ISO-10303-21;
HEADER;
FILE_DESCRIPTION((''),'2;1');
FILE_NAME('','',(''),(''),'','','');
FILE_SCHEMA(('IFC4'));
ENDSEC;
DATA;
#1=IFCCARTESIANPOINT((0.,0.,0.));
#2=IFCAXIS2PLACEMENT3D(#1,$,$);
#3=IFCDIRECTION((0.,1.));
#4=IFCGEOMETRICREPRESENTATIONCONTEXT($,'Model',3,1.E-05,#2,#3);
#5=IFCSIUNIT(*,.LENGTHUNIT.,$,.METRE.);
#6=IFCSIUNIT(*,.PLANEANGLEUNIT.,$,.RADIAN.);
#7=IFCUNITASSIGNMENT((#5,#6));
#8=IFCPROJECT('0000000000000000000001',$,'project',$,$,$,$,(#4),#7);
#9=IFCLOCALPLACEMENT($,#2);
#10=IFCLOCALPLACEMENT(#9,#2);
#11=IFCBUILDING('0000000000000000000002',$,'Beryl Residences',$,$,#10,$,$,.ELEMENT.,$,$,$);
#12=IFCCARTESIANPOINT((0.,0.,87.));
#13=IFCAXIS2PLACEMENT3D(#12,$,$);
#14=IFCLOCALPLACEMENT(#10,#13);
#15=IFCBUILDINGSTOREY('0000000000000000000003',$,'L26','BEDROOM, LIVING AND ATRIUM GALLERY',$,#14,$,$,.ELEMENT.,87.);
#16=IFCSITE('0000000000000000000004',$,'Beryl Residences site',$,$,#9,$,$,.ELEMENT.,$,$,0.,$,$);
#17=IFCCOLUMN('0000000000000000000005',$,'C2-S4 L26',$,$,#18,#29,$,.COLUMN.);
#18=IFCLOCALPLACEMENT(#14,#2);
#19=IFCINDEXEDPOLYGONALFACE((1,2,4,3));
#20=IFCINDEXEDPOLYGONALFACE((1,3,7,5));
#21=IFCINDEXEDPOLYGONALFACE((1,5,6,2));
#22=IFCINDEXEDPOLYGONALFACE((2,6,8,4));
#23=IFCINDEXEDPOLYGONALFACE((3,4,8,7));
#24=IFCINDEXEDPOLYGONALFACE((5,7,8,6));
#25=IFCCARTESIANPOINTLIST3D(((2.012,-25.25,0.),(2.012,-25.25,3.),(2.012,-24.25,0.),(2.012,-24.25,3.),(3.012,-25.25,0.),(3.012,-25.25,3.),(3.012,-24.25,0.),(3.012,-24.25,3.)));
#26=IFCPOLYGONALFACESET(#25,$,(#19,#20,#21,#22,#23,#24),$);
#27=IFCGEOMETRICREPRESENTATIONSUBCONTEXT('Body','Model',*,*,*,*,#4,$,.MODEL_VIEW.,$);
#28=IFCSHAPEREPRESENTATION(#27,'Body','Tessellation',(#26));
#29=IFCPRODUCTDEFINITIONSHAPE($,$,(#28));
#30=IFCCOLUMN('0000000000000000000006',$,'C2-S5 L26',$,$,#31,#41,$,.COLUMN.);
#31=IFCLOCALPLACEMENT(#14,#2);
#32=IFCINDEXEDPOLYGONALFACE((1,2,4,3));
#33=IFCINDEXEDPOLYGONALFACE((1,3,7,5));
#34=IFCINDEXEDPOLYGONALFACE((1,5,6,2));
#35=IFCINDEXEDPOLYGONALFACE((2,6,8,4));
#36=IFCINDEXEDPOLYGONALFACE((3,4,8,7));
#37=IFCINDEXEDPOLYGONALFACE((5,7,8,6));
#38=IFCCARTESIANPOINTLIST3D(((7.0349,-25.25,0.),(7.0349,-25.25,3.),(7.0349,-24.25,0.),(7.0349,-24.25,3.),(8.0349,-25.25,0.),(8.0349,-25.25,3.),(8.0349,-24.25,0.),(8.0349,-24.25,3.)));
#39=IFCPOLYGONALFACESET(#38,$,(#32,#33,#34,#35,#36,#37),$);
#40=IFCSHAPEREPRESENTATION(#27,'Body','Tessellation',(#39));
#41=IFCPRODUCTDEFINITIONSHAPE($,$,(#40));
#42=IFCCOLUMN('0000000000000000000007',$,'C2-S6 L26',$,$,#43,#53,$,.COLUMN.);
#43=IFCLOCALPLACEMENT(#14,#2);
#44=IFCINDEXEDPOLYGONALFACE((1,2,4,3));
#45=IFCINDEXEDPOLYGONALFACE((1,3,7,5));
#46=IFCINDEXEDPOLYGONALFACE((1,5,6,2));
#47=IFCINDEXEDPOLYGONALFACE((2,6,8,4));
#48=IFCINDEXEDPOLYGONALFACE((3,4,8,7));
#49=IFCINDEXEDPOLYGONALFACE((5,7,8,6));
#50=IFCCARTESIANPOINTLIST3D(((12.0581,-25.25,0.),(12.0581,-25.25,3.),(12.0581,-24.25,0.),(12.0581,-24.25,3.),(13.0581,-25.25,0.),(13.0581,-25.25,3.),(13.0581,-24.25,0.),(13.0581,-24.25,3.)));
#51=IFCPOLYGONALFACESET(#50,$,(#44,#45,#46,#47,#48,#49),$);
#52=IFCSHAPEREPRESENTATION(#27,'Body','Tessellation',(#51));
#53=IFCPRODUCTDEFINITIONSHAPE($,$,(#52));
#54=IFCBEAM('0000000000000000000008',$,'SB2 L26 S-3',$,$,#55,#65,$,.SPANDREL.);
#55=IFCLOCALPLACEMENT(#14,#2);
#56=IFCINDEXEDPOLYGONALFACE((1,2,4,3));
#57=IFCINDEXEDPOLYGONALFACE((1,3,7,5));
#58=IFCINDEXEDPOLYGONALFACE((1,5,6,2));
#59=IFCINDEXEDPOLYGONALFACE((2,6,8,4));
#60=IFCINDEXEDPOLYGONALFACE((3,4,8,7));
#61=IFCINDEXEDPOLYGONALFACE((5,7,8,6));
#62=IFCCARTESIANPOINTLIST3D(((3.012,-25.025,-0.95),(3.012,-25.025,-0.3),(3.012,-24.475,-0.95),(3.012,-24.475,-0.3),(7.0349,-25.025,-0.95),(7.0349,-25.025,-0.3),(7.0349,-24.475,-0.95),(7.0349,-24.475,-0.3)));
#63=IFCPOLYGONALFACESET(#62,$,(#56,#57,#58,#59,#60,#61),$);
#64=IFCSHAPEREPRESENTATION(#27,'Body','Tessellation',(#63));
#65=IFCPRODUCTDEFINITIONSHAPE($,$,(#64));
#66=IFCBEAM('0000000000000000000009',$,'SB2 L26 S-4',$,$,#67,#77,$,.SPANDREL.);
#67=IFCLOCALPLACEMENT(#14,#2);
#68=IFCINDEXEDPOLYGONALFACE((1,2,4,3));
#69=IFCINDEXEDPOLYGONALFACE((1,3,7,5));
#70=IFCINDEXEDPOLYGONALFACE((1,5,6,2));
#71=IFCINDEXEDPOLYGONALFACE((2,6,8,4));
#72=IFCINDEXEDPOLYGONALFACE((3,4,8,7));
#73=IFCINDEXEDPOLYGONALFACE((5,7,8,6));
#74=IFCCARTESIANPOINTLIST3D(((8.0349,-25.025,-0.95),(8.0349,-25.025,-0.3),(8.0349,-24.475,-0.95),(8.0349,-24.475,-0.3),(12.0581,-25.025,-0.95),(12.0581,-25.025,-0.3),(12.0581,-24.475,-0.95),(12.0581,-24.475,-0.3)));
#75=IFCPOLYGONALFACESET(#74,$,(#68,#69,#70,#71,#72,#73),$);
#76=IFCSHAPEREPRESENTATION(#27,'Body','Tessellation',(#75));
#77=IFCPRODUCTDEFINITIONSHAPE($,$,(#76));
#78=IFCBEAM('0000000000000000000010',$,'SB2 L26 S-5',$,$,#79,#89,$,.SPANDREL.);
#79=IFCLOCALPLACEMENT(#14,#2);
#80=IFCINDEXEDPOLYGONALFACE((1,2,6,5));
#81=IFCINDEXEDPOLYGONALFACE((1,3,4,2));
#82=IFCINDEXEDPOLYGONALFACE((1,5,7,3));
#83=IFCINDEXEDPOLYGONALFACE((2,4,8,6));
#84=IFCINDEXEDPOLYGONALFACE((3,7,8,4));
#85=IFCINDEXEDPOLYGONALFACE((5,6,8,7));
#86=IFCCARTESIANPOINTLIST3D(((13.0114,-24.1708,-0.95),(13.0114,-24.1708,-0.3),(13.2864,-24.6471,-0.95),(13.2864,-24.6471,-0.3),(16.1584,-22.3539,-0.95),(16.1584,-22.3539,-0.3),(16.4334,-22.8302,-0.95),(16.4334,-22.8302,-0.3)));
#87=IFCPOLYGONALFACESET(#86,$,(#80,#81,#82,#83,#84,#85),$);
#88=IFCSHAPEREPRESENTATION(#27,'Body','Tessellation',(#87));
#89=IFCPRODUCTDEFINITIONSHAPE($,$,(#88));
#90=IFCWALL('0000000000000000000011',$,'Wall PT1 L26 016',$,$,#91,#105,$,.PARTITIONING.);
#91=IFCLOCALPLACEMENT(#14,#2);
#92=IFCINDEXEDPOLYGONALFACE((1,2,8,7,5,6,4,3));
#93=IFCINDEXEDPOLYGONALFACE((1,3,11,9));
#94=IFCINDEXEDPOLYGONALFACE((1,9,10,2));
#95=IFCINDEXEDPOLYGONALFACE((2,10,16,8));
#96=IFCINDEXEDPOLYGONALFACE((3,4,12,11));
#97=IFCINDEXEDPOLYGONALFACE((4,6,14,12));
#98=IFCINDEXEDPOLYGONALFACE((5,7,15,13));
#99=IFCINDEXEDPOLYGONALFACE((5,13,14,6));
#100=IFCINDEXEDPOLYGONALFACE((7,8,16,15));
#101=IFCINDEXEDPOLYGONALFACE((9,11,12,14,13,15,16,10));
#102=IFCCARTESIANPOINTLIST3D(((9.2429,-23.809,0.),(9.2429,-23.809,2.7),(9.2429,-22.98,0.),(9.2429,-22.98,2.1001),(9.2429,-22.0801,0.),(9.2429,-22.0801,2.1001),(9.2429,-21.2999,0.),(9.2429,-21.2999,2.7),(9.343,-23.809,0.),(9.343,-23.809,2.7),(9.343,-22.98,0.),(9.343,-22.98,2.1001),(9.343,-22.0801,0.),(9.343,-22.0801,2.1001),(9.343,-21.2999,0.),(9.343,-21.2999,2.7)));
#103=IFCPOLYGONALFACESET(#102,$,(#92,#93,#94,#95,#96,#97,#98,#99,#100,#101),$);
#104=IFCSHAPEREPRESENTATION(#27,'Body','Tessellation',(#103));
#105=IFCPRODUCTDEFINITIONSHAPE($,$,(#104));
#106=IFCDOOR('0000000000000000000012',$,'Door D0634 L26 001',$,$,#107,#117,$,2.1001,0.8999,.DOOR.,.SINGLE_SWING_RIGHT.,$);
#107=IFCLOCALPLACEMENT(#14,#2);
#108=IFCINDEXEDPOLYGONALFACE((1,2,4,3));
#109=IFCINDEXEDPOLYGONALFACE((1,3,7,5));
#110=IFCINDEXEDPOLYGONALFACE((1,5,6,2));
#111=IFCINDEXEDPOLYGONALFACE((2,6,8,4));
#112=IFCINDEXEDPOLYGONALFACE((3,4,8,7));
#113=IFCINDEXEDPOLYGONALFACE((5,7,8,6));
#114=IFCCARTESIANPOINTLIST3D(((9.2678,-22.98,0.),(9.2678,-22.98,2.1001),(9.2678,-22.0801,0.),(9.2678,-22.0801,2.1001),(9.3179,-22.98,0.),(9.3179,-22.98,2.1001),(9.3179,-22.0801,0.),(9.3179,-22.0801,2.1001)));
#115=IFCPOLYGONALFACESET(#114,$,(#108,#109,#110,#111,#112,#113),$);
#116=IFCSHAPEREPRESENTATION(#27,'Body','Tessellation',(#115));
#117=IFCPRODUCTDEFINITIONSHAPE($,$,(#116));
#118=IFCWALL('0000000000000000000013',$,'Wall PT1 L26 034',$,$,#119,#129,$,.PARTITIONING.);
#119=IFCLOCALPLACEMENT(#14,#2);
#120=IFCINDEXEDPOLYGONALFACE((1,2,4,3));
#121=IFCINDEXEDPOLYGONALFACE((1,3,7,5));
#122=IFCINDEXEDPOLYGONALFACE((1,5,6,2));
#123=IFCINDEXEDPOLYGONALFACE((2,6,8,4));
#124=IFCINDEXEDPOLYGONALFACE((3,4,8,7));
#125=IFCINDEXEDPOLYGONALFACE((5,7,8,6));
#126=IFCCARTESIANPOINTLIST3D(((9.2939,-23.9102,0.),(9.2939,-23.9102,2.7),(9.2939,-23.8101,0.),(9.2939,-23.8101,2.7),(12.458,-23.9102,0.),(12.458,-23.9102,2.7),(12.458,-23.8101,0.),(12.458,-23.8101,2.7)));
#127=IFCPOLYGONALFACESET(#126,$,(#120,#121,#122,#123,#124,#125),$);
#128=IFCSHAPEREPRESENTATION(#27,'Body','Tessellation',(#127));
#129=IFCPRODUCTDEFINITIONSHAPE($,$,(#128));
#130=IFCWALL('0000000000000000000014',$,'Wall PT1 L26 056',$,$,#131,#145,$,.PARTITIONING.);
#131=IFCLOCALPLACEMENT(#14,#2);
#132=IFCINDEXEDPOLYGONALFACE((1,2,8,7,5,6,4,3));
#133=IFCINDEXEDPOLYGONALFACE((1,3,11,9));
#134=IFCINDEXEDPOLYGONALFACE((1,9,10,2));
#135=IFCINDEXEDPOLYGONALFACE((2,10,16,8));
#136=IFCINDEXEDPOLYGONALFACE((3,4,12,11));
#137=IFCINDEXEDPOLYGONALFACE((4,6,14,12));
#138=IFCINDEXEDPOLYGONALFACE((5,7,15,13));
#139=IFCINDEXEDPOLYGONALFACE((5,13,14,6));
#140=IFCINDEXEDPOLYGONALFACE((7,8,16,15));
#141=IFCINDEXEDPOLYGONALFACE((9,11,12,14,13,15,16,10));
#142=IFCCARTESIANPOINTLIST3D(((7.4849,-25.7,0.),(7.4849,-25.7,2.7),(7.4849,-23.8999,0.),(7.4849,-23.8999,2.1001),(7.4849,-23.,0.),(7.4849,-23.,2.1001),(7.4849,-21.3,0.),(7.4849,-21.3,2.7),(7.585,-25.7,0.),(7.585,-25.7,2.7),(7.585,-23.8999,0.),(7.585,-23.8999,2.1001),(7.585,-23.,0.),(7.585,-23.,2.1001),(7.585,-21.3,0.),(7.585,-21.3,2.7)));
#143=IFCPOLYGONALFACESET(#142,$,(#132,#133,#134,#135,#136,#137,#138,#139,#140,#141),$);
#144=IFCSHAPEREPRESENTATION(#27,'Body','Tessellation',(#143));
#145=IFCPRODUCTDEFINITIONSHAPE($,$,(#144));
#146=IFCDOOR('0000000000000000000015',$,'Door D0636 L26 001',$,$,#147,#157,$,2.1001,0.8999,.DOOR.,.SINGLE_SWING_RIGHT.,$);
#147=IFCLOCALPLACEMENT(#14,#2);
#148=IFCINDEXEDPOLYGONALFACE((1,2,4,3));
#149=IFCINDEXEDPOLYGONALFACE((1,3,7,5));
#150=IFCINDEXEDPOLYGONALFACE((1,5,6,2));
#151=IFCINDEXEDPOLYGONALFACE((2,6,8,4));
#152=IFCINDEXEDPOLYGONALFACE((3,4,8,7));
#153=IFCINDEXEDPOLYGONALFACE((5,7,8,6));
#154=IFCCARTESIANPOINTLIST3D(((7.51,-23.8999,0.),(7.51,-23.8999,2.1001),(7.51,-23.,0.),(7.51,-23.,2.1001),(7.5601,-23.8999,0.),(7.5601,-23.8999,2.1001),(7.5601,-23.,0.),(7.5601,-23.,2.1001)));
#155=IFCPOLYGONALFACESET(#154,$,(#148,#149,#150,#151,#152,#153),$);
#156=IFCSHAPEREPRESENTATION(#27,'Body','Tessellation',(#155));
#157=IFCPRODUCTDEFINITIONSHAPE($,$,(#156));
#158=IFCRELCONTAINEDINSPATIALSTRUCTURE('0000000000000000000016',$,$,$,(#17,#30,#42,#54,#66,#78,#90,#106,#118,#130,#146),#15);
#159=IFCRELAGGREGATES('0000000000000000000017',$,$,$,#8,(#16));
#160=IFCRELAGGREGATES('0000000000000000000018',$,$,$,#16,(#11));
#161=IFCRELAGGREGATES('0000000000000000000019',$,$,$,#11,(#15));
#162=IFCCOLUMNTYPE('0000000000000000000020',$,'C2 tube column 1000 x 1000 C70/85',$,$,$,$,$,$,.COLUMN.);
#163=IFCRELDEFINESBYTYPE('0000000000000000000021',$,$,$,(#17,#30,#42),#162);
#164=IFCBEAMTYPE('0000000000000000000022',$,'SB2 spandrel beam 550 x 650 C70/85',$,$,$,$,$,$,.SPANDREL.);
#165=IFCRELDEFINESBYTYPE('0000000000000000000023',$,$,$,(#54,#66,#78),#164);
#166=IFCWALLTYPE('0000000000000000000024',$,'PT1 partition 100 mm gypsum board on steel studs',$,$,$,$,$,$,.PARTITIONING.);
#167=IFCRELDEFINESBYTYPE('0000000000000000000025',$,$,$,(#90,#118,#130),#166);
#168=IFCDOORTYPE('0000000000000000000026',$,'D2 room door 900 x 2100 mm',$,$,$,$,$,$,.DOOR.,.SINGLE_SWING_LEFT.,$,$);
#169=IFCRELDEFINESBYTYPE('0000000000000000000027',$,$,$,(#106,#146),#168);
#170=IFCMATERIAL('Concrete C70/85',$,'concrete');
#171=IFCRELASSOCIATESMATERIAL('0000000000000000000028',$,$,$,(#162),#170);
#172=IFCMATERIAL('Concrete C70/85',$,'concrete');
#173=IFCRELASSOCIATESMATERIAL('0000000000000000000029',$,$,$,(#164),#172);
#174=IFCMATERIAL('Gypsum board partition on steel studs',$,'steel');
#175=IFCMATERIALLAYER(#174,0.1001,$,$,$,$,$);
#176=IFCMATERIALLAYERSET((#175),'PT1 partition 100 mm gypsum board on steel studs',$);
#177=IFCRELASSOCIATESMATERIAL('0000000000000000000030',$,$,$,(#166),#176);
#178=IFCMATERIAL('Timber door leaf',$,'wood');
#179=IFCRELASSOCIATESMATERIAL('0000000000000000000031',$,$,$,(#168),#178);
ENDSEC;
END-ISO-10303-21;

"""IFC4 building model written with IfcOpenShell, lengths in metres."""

from ifc_helpers import new_model, si_unit, direction, frame, frame_2d, origin, origin_2d, place, context, subcontext, project, spatial, rectangle, extrude, material, layer, layer_set, material_profile, profile_set, type_object, element, fill, save


model = new_model("IFC4")

# Units and contexts
model_context = context("Model", 3, precision=1e-05, world=origin(), true_north=direction((0.0, 1.0)))
body_context = subcontext(model_context, "Body", "Model", "MODEL_VIEW")
ifc_project = project(units=[si_unit("LENGTHUNIT", "METRE"), si_unit("PLANEANGLEUNIT", "RADIAN")], contexts=[model_context])

# Site, building, storey
site_placement = place(None, origin())
site = spatial("IfcSite", under=ifc_project, at=site_placement, Name="Beryl Residences site", CompositionType="ELEMENT", RefElevation=0.0)
building_placement = place(site_placement, origin())
building = spatial("IfcBuilding", under=site, at=building_placement, Name="Beryl Residences", CompositionType="ELEMENT")
storey_placement = place(building_placement, frame((0.0, 0.0, 87.0)))
storey = spatial("IfcBuildingStorey", under=building, at=storey_placement, Name="L26", Description="BEDROOM, LIVING AND ATRIUM GALLERY", CompositionType="ELEMENT", Elevation=87.0)

# Columns
ifc_material_1 = material(Name="Concrete C70/85", Category="concrete")
ifc_material_profile_1 = material_profile(ifc_material_1, rectangle(XDim=1.0, YDim=1.0, at=origin_2d()))
ifc_profile_set_1 = profile_set([ifc_material_profile_1], Name="Concrete C70/85")
column_type = type_object("IfcColumnType", Name="C2 tube column 1000 x 1000 C70/85", PredefinedType="COLUMN", material=ifc_profile_set_1)
for number, where, z_axis, x_axis, name in (
    (1, (2.512, -24.75, 0.0), (0.0, 0.0, 1.0), (1.0, 0.0, 0.0), "C2-S4 L26"),
    (2, (7.5349, -24.75, 0.0), (0.0, 0.0, 1.0), (1.0, 0.0, 0.0), "C2-S5 L26"),
    (3, (12.5581, -24.75, 0.0), (0.0, 0.0, 1.0), (1.0, 0.0, 0.0), "C2-S6 L26"),
):
    element("IfcColumn", number, at=place(storey_placement, frame(where, z_axis=z_axis, x_axis=x_axis)), inside=storey, type_object=column_type, Name=name, PredefinedType="COLUMN", context=body_context, shape_type="SweptSolid", body=[
        extrude(rectangle(XDim=1.0, YDim=1.0, at=origin_2d()), origin(), (0.0, 0.0, 1.0), 3.0),
    ])

# Beams
ifc_material_2 = material(Name="Concrete C70/85", Category="concrete")
ifc_material_profile_2 = material_profile(ifc_material_2, rectangle(XDim=0.55, YDim=0.6499, at=origin_2d()))
ifc_profile_set_2 = profile_set([ifc_material_profile_2], Name="Concrete C70/85")
beam_type = type_object("IfcBeamType", Name="SB2 spandrel beam 550 x 650 C70/85", PredefinedType="SPANDREL", material=ifc_profile_set_2)
beam_1_placement = place(storey_placement, frame((3.012, -24.75, -0.625), z_axis=(1.0, 0.0, 0.0), x_axis=(0.0, 1.0, 0.0)))
element("IfcBeam", 4, at=beam_1_placement, inside=storey, type_object=beam_type, Name="SB2 L26 S-3", PredefinedType="SPANDREL", context=body_context, shape_type="SweptSolid", body=[
    extrude(rectangle(XDim=0.55, YDim=0.6499, at=origin_2d()), origin(), (0.0, 0.0, 1.0), 4.0229),
])
beam_2_placement = place(storey_placement, frame((8.0349, -24.75, -0.625), z_axis=(1.0, 0.0, 0.0), x_axis=(0.0, 1.0, 0.0)))
element("IfcBeam", 5, at=beam_2_placement, inside=storey, type_object=beam_type, Name="SB2 L26 S-4", PredefinedType="SPANDREL", context=body_context, shape_type="SweptSolid", body=[
    extrude(rectangle(XDim=0.55, YDim=0.6499, at=origin_2d()), origin(), (0.0, 0.0, 1.0), 4.0232),
])
beam_3_placement = place(storey_placement, frame((13.1489, -24.4089, -0.625), z_axis=(0.866027, 0.499998, 0.0), x_axis=(-0.499998, 0.866027, 0.0)))
element("IfcBeam", 6, at=beam_3_placement, inside=storey, type_object=beam_type, Name="SB2 L26 S-5", PredefinedType="SPANDREL", context=body_context, shape_type="SweptSolid", body=[
    extrude(rectangle(XDim=0.55, YDim=0.6499, at=origin_2d()), origin(), (0.0, 0.0, 1.0), 3.6338),
])

# Wall, opening, door
ifc_material_3 = material(Name="Gypsum board partition on steel studs", Category="steel")
ifc_layer_1 = layer(ifc_material_3, 0.1001)
ifc_layer_set_1 = layer_set([ifc_layer_1], Name="PT1 partition 100 mm gypsum board on steel studs")
wall_type_1 = type_object("IfcWallType", Name="PT1 partition 100 mm gypsum board on steel studs", PredefinedType="PARTITIONING", material=ifc_layer_set_1)
wall_1_placement = place(storey_placement, frame((9.293, -21.3, 0.0), z_axis=(0.0, 0.0, 1.0), x_axis=(0.0, -1.0, 0.0)))
wall_1 = element("IfcWall", 7, at=wall_1_placement, inside=storey, type_object=wall_type_1, Name="Wall PT1 L26 016", PredefinedType="PARTITIONING", context=body_context, shape_type="SweptSolid", body=[
    extrude(rectangle(XDim=2.509, YDim=0.1001, at=frame_2d((1.2544, 0.0))), origin(), (0.0, 0.0, 1.0), 2.7),
])
opening_1_placement = place(wall_1_placement, frame((0.78, 0.0, 0.0)))
opening_1 = element("IfcOpeningElement", 8, at=opening_1_placement, cuts=wall_1, PredefinedType="OPENING", context=body_context, shape_type="SweptSolid", body=[
    extrude(rectangle(XDim=0.8999, YDim=2.1001, at=frame_2d((0.45, 1.05))), frame((0.0, 0.0601, 0.0), z_axis=(0.0, -1.0, 0.0), x_axis=(1.0, 0.0, 0.0)), (0.0, 0.0, 1.0), 0.1201),
])
ifc_material_4 = material(Name="Timber door leaf", Category="wood")
door_type_1 = type_object("IfcDoorType", Name="D2 room door 900 x 2100 mm", OperationType="SINGLE_SWING_LEFT", PredefinedType="DOOR", material=ifc_material_4)
door_1_placement = place(opening_1_placement, origin())
door_1 = element("IfcDoor", 9, at=door_1_placement, inside=storey, type_object=door_type_1, Name="Door D0634 L26 001", OperationType="SINGLE_SWING_RIGHT", OverallHeight=2.1001, OverallWidth=0.8999, PredefinedType="DOOR", context=body_context, shape_type="SweptSolid", body=[
    extrude(rectangle(XDim=0.8999, YDim=2.1001, at=frame_2d((0.45, 1.05))), frame((0.0, 0.0249, 0.0), z_axis=(0.0, -1.0, 0.0), x_axis=(1.0, 0.0, 0.0)), (0.0, 0.0, 1.0), 0.05),
])
fill(opening_1, door_1)

# Wall
wall_2_placement = place(storey_placement, frame((9.2939, -23.8601, 0.0), z_axis=(0.0, 0.0, 1.0), x_axis=(1.0, 0.0, 0.0)))
element("IfcWall", 10, at=wall_2_placement, inside=storey, type_object=wall_type_1, Name="Wall PT1 L26 034", PredefinedType="PARTITIONING", context=body_context, shape_type="SweptSolid", body=[
    extrude(rectangle(XDim=3.1641, YDim=0.1001, at=frame_2d((1.582, 0.0))), origin(), (0.0, 0.0, 1.0), 2.7),
])

# Wall, opening, door
wall_3_placement = place(storey_placement, frame((7.5349, -25.7, 0.0), z_axis=(0.0, 0.0, 1.0), x_axis=(0.0, 1.0, 0.0)))
wall_3 = element("IfcWall", 11, at=wall_3_placement, inside=storey, type_object=wall_type_1, Name="Wall PT1 L26 056", PredefinedType="PARTITIONING", context=body_context, shape_type="SweptSolid", body=[
    extrude(rectangle(XDim=4.3999, YDim=0.1001, at=frame_2d((2.2, 0.0))), origin(), (0.0, 0.0, 1.0), 2.7),
])
opening_2_placement = place(wall_3_placement, frame((1.8, 0.0, 0.0)))
opening_2 = element("IfcOpeningElement", 12, at=opening_2_placement, cuts=wall_3, PredefinedType="OPENING", context=body_context, shape_type="SweptSolid", body=[
    extrude(rectangle(XDim=0.8999, YDim=2.1001, at=frame_2d((0.45, 1.05))), frame((0.0, 0.0601, 0.0), z_axis=(0.0, -1.0, 0.0), x_axis=(1.0, 0.0, 0.0)), (0.0, 0.0, 1.0), 0.1201),
])
door_2_placement = place(opening_2_placement, origin())
door_2 = element("IfcDoor", 13, at=door_2_placement, inside=storey, type_object=door_type_1, Name="Door D0636 L26 001", OperationType="SINGLE_SWING_RIGHT", OverallHeight=2.1001, OverallWidth=0.8999, PredefinedType="DOOR", context=body_context, shape_type="SweptSolid", body=[
    extrude(rectangle(XDim=0.8999, YDim=2.1001, at=frame_2d((0.45, 1.05))), frame((0.0, 0.0249, 0.0), z_axis=(0.0, -1.0, 0.0), x_axis=(1.0, 0.0, 0.0)), (0.0, 0.0, 1.0), 0.05),
])
fill(opening_2, door_2)

save(model, "model.ifc")
